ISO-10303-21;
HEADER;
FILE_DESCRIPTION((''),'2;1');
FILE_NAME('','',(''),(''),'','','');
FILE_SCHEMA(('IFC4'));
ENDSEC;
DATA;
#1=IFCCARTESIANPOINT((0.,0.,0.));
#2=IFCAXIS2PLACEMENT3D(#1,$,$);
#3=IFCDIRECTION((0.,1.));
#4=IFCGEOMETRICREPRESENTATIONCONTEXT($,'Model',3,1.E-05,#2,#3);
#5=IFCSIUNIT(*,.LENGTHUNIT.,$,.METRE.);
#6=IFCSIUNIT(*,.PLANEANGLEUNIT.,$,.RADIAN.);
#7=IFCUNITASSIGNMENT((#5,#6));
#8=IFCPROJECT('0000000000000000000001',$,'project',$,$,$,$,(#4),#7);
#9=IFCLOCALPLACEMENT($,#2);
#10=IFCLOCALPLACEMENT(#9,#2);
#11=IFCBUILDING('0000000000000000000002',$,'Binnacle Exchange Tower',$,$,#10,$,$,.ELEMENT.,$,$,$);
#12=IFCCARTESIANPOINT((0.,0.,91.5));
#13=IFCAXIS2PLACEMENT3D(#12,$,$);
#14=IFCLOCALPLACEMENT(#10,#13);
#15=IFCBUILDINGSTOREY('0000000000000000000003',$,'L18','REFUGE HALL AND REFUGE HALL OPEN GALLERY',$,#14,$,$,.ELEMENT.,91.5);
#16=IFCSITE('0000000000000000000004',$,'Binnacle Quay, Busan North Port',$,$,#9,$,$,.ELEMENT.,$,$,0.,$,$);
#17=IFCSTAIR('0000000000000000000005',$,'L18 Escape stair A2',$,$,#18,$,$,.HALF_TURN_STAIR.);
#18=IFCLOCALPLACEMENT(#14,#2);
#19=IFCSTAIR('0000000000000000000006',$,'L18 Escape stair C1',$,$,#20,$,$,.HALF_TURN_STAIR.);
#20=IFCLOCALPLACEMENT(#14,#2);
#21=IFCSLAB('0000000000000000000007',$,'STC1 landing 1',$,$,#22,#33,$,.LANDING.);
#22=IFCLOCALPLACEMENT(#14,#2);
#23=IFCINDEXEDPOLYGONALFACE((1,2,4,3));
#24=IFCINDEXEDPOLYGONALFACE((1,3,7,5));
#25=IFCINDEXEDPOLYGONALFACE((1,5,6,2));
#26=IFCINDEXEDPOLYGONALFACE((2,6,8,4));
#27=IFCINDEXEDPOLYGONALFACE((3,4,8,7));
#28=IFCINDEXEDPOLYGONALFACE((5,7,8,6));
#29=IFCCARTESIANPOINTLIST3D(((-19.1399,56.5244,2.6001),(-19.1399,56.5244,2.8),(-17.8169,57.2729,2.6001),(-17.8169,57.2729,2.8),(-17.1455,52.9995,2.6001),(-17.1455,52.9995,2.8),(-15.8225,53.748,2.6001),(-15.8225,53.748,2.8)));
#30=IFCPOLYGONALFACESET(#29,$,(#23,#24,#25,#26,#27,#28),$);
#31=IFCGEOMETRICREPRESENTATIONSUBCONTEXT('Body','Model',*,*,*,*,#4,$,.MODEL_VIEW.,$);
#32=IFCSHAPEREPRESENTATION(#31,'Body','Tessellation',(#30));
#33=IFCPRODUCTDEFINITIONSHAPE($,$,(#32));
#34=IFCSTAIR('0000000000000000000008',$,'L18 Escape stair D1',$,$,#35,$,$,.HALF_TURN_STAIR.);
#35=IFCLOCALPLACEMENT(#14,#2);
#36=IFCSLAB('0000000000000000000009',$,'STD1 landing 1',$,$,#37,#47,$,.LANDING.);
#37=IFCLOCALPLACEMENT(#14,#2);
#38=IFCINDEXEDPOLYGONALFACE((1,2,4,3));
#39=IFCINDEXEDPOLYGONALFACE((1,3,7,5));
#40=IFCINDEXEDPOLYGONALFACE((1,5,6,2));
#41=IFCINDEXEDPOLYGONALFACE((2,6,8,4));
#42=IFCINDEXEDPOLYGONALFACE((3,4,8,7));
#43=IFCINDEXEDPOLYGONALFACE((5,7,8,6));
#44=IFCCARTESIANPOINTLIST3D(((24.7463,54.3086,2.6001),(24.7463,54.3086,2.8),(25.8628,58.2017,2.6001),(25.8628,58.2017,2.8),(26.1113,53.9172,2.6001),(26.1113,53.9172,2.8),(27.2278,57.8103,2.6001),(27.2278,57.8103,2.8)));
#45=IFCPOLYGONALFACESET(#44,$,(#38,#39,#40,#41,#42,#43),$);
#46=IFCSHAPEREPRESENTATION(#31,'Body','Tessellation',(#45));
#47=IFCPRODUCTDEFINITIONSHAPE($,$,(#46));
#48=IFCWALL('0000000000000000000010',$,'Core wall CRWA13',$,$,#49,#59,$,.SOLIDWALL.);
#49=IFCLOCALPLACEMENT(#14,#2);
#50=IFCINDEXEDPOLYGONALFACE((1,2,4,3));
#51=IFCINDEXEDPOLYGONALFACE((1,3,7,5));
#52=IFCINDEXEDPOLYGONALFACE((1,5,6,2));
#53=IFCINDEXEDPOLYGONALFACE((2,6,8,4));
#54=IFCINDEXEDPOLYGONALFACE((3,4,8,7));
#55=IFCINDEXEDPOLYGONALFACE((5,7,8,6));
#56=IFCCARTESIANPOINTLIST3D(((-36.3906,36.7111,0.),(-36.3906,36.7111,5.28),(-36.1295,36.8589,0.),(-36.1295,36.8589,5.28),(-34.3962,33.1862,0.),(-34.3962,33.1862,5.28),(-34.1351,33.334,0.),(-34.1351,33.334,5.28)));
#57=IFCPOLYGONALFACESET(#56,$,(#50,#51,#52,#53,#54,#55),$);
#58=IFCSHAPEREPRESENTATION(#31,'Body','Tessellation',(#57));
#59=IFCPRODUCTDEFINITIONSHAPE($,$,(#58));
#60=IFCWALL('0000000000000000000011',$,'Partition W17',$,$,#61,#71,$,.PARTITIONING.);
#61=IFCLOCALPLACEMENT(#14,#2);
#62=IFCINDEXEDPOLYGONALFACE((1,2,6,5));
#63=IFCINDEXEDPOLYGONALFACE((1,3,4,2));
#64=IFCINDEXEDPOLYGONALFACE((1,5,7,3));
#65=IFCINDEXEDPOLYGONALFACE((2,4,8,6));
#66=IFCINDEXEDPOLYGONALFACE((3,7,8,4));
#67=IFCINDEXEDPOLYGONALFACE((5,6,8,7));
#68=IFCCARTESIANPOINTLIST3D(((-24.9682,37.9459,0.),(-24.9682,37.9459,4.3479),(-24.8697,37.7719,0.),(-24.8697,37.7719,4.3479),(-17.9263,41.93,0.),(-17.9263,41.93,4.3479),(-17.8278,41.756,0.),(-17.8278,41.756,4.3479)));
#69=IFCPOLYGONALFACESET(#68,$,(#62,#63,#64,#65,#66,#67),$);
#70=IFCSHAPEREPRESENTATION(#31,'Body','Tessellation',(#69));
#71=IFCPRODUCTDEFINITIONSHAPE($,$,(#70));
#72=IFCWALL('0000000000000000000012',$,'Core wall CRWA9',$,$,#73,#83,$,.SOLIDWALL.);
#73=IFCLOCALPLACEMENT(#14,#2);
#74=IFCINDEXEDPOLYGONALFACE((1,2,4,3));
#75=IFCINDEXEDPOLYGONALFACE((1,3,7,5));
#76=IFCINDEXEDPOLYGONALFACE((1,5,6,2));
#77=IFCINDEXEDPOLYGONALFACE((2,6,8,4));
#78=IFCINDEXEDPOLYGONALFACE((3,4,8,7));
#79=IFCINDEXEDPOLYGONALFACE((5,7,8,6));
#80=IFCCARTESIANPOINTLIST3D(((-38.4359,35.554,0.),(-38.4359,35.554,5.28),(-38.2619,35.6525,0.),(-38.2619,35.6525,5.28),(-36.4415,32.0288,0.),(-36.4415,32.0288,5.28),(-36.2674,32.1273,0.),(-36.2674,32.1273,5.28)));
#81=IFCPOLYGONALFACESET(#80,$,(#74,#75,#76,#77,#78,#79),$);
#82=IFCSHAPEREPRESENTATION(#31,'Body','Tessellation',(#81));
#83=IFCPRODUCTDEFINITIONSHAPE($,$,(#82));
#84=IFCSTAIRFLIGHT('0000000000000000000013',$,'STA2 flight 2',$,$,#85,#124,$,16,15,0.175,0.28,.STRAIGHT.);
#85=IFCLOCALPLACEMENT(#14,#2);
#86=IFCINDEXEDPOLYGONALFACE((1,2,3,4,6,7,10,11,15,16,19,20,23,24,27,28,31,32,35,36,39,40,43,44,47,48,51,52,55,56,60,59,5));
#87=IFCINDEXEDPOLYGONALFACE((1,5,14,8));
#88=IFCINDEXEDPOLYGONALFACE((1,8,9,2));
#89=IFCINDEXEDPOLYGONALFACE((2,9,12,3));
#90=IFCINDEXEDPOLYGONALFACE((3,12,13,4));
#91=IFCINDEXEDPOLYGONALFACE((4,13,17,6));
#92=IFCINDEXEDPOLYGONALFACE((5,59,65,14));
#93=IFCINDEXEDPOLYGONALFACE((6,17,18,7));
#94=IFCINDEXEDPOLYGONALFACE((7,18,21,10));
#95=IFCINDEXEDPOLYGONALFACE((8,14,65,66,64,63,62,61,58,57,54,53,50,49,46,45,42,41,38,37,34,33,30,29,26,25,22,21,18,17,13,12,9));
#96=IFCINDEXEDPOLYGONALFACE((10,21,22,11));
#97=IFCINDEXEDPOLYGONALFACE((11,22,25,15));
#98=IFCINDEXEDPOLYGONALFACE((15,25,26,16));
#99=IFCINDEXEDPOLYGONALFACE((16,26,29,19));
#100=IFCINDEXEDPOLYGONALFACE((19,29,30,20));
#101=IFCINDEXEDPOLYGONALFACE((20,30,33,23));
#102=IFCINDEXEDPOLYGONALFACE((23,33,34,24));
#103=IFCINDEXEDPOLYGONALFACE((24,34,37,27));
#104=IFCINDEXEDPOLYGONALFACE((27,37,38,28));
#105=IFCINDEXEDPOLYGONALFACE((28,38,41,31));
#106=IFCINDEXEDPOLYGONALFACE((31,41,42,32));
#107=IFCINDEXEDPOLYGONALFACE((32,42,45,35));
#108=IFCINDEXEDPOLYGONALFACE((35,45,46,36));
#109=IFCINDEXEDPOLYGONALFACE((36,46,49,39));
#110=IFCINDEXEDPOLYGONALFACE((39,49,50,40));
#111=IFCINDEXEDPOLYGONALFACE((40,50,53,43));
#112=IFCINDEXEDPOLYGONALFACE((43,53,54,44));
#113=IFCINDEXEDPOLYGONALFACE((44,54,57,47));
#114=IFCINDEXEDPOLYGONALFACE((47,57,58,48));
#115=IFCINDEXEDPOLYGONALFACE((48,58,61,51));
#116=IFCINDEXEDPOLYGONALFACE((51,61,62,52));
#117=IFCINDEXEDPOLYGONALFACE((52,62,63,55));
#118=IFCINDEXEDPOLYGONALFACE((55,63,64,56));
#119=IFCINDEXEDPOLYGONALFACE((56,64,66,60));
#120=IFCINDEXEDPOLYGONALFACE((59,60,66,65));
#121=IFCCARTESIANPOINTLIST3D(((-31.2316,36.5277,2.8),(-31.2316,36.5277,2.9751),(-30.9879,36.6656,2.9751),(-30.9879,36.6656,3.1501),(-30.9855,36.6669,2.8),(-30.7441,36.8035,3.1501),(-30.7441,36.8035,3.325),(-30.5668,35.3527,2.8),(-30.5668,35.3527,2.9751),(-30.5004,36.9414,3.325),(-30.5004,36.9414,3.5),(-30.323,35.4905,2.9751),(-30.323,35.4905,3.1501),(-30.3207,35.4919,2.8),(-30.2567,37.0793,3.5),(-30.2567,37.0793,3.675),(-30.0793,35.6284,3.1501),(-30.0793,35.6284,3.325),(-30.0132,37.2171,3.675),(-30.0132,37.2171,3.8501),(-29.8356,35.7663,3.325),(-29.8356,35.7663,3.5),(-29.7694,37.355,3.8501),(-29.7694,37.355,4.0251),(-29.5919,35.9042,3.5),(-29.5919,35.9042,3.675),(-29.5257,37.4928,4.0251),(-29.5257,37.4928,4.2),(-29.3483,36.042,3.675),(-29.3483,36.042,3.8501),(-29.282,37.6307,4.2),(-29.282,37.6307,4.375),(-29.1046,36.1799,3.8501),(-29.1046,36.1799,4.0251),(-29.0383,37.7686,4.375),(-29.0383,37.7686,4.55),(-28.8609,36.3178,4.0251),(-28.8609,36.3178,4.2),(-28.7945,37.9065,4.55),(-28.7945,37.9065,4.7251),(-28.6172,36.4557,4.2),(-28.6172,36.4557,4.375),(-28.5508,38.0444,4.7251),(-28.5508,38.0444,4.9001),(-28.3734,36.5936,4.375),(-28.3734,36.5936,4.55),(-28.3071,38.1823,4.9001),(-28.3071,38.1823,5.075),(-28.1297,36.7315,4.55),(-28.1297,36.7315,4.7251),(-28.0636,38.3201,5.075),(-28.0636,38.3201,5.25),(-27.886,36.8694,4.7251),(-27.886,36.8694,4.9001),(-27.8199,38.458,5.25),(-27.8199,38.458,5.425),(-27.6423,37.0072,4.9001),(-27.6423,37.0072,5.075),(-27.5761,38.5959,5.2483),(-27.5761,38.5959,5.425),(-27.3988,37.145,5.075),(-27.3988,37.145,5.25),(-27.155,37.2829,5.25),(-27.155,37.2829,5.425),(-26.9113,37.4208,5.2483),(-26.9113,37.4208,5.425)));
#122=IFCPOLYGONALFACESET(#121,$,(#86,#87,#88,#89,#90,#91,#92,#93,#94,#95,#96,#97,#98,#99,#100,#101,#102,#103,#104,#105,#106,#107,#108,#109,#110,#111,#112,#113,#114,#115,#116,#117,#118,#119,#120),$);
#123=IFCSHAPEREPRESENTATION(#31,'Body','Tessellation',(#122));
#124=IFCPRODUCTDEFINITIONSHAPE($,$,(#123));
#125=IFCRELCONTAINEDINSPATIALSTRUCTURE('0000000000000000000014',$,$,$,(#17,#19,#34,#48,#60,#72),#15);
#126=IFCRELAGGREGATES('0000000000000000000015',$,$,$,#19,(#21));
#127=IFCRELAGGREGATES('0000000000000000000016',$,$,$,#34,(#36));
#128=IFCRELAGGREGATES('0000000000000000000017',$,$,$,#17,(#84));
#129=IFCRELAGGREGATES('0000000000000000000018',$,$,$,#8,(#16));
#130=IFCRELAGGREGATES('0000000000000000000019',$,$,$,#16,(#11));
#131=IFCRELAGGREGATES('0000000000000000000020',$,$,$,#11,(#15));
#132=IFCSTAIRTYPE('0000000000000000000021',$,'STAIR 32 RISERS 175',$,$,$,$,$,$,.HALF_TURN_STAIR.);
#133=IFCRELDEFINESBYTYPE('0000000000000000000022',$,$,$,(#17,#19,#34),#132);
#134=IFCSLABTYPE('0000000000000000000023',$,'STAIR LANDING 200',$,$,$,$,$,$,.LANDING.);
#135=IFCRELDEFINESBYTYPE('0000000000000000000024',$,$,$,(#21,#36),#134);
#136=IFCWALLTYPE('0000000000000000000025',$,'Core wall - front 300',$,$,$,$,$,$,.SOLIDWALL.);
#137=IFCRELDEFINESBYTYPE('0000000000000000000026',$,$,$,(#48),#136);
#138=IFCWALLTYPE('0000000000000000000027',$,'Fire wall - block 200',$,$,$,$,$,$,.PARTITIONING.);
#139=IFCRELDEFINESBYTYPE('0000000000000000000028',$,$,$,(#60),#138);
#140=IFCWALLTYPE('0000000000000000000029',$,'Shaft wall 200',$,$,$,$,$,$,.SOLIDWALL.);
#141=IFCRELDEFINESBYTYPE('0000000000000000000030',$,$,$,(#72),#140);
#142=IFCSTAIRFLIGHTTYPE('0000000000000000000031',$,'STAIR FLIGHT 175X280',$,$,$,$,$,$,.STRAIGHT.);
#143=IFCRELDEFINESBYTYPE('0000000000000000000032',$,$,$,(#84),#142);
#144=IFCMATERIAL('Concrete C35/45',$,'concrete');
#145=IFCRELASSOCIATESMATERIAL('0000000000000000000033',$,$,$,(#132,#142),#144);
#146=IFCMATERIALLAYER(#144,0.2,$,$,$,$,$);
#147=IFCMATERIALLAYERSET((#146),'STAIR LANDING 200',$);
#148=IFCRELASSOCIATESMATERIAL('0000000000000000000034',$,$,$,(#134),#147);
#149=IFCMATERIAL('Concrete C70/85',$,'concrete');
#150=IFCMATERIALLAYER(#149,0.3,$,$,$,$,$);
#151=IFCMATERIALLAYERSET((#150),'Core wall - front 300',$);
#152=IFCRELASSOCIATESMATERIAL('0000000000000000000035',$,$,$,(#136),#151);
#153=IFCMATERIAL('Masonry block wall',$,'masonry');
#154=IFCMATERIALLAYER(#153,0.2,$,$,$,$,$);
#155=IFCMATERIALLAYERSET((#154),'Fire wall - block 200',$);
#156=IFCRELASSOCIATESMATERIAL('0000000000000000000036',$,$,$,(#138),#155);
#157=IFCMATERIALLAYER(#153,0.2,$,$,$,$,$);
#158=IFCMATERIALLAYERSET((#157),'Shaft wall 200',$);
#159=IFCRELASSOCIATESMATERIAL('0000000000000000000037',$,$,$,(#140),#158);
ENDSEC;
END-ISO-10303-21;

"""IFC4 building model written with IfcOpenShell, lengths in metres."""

from ifc_helpers import new_model, si_unit, direction, frame, frame_2d, origin, place, context, subcontext, project, spatial, polyline, rectangle, outline, extrude, material, layer, layer_set, type_object, element, aggregate, save


model = new_model("IFC4")

# Units and contexts
model_context = context("Model", 3, precision=1e-05, world=origin(), true_north=direction((0.0, 1.0)))
body_context = subcontext(model_context, "Body", "Model", "MODEL_VIEW")
ifc_project = project(units=[si_unit("LENGTHUNIT", "METRE"), si_unit("PLANEANGLEUNIT", "RADIAN")], contexts=[model_context])

# Site, building, storey
site_placement = place(None, origin())
site = spatial("IfcSite", under=ifc_project, at=site_placement, Name="Binnacle Quay, Busan North Port", CompositionType="ELEMENT", RefElevation=0.0)
building_placement = place(site_placement, origin())
building = spatial("IfcBuilding", under=site, at=building_placement, Name="Binnacle Exchange Tower", CompositionType="ELEMENT")
storey_placement = place(building_placement, frame((0.0, 0.0, 91.5)))
storey = spatial("IfcBuildingStorey", under=building, at=storey_placement, Name="L18", Description="REFUGE HALL AND REFUGE HALL OPEN GALLERY", CompositionType="ELEMENT", Elevation=91.5)

# Shared definitions
ifc_material_1 = material(Name="Concrete C70/85", Category="concrete")

# Shared definitions
ifc_material_2 = material(Name="Concrete C35/45", Category="concrete")

# Stairs, slabs
stair_type = type_object("IfcStairType", Name="STAIR 32 RISERS 175", PredefinedType="HALF_TURN_STAIR", material=ifc_material_2)
ifc_layer_1 = layer(ifc_material_2, 0.2)
ifc_layer_set_1 = layer_set([ifc_layer_1], Name="STAIR LANDING 200")
slab_type_1 = type_object("IfcSlabType", Name="STAIR LANDING 200", PredefinedType="LANDING", material=ifc_layer_set_1)
stair_1_placement = place(storey_placement, origin())
stair_1 = element("IfcStair", 1, at=stair_1_placement, inside=storey, type_object=stair_type, Name="L18 Escape stair A2", PredefinedType="HALF_TURN_STAIR")
stair_2_placement = place(storey_placement, origin())
stair_2 = element("IfcStair", 2, at=stair_2_placement, inside=storey, type_object=stair_type, Name="L18 Escape stair C1", PredefinedType="HALF_TURN_STAIR")
slab_1_placement = place(storey_placement, frame((0.0, 0.0, 2.6001)))
slab_1 = element("IfcSlab", 3, at=slab_1_placement, type_object=slab_type_1, Name="STC1 landing 1", PredefinedType="LANDING", context=body_context, shape_type="SweptSolid", body=[
    extrude(outline(polyline([(-17.1455, 52.9995), (-15.8225, 53.748), (-17.8169, 57.2729), (-19.1399, 56.5244), (-17.1455, 52.9995)])), origin(), (0.0, 0.0, 1.0), 0.2),
])
aggregate(stair_2, [slab_1])
stair_3_placement = place(storey_placement, origin())
stair_3 = element("IfcStair", 4, at=stair_3_placement, inside=storey, type_object=stair_type, Name="L18 Escape stair D1", PredefinedType="HALF_TURN_STAIR")
slab_2_placement = place(storey_placement, frame((0.0, 0.0, 2.6001)))
slab_2 = element("IfcSlab", 5, at=slab_2_placement, type_object=slab_type_1, Name="STD1 landing 1", PredefinedType="LANDING", context=body_context, shape_type="SweptSolid", body=[
    extrude(outline(polyline([(24.7463, 54.3086), (26.1113, 53.9172), (27.2278, 57.8103), (25.8628, 58.2017), (24.7463, 54.3086)])), origin(), (0.0, 0.0, 1.0), 0.2),
])
aggregate(stair_3, [slab_2])

# Walls
ifc_layer_2 = layer(ifc_material_1, 0.3)
ifc_layer_set_2 = layer_set([ifc_layer_2], Name="Core wall - front 300")
wall_type_1 = type_object("IfcWallType", Name="Core wall - front 300", PredefinedType="SOLIDWALL", material=ifc_layer_set_2)
wall_1_placement = place(storey_placement, frame((-36.26, 36.7849, 0.0), z_axis=(0.0, 0.0, 1.0), x_axis=(0.492441, -0.870346, 0.0)))
element("IfcWall", 6, at=wall_1_placement, inside=storey, type_object=wall_type_1, Name="Core wall CRWA13", PredefinedType="SOLIDWALL", context=body_context, shape_type="SweptSolid", body=[
    extrude(rectangle(XDim=4.05, YDim=0.3, at=frame_2d((2.0249, 0.0))), origin(), (0.0, 0.0, 1.0), 5.28),
])
ifc_material_3 = material(Name="Masonry block wall", Category="masonry")
ifc_layer_3 = layer(ifc_material_3, 0.2)
ifc_layer_set_3 = layer_set([ifc_layer_3], Name="Fire wall - block 200")
wall_type_2 = type_object("IfcWallType", Name="Fire wall - block 200", PredefinedType="PARTITIONING", material=ifc_layer_set_3)
wall_2_placement = place(storey_placement, frame((-24.9189, 37.8589, 0.0), z_axis=(0.0, 0.0, 1.0), x_axis=(0.870358, 0.49242, 0.0)))
element("IfcWall", 7, at=wall_2_placement, inside=storey, type_object=wall_type_2, Name="Partition W17", PredefinedType="PARTITIONING", context=body_context, shape_type="SweptSolid", body=[
    extrude(rectangle(XDim=8.0908, YDim=0.2, at=frame_2d((4.0454, 0.0))), origin(), (0.0, 0.0, 1.0), 4.3479),
])
ifc_layer_4 = layer(ifc_material_3, 0.2)
ifc_layer_set_4 = layer_set([ifc_layer_4], Name="Shaft wall 200")
wall_type_3 = type_object("IfcWallType", Name="Shaft wall 200", PredefinedType="SOLIDWALL", material=ifc_layer_set_4)
wall_3_placement = place(storey_placement, frame((-38.3489, 35.6033, 0.0), z_axis=(0.0, 0.0, 1.0), x_axis=(0.492415, -0.870361, 0.0)))
element("IfcWall", 8, at=wall_3_placement, inside=storey, type_object=wall_type_3, Name="Core wall CRWA9", PredefinedType="SOLIDWALL", context=body_context, shape_type="SweptSolid", body=[
    extrude(rectangle(XDim=4.0503, YDim=0.2, at=frame_2d((2.0251, 0.0))), origin(), (0.0, 0.0, 1.0), 5.28),
])

# Stair flight
stair_flight_type = type_object("IfcStairFlightType", Name="STAIR FLIGHT 175X280", PredefinedType="STRAIGHT", material=ifc_material_2)
stair_flight_placement = place(storey_placement, frame((-30.8992, 35.9402, 2.8), z_axis=(0.0, 0.0, 1.0), x_axis=(0.870356, 0.492424, 0.0)))
stair_flight = element("IfcStairFlight", 9, at=stair_flight_placement, type_object=stair_flight_type, Name="STA2 flight 2", NumberOfRisers=16, NumberOfTreads=15, PredefinedType="STRAIGHT", RiserHeight=0.175, TreadLength=0.28, context=body_context, shape_type="SweptSolid", body=[
    extrude(outline(polyline([(0.0, 0.0), (0.0, 0.175), (0.28, 0.175), (0.28, 0.3501), (0.5601, 0.3501), (0.5601, 0.5249), (0.8401, 0.5249), (0.8401, 0.7), (1.1201, 0.7), (1.1201, 0.875), (1.3999, 0.875), (1.3999, 1.05), (1.6799, 1.05), (1.6799, 1.2251), (1.96, 1.2251), (1.96, 1.3999), (2.24, 1.3999), (2.24, 1.575), (2.52, 1.575), (2.52, 1.75), (2.8, 1.75), (2.8, 1.925), (3.0801, 1.925), (3.0801, 2.1001), (3.3601, 2.1001), (3.3601, 2.2749), (3.6399, 2.2749), (3.6399, 2.45), (3.9199, 2.45), (3.9199, 2.625), (4.2, 2.625), (4.2, 2.8), (4.2, 2.4482), (0.2827, 0.0), (0.0, 0.0)])), frame((0.0, 0.675, 0.0), z_axis=(0.0, -1.0, 0.0), x_axis=(1.0, 0.0, 0.0)), (0.0, 0.0, 1.0), 1.3501),
])
aggregate(stair_1, [stair_flight])

save(model, "model.ifc")
